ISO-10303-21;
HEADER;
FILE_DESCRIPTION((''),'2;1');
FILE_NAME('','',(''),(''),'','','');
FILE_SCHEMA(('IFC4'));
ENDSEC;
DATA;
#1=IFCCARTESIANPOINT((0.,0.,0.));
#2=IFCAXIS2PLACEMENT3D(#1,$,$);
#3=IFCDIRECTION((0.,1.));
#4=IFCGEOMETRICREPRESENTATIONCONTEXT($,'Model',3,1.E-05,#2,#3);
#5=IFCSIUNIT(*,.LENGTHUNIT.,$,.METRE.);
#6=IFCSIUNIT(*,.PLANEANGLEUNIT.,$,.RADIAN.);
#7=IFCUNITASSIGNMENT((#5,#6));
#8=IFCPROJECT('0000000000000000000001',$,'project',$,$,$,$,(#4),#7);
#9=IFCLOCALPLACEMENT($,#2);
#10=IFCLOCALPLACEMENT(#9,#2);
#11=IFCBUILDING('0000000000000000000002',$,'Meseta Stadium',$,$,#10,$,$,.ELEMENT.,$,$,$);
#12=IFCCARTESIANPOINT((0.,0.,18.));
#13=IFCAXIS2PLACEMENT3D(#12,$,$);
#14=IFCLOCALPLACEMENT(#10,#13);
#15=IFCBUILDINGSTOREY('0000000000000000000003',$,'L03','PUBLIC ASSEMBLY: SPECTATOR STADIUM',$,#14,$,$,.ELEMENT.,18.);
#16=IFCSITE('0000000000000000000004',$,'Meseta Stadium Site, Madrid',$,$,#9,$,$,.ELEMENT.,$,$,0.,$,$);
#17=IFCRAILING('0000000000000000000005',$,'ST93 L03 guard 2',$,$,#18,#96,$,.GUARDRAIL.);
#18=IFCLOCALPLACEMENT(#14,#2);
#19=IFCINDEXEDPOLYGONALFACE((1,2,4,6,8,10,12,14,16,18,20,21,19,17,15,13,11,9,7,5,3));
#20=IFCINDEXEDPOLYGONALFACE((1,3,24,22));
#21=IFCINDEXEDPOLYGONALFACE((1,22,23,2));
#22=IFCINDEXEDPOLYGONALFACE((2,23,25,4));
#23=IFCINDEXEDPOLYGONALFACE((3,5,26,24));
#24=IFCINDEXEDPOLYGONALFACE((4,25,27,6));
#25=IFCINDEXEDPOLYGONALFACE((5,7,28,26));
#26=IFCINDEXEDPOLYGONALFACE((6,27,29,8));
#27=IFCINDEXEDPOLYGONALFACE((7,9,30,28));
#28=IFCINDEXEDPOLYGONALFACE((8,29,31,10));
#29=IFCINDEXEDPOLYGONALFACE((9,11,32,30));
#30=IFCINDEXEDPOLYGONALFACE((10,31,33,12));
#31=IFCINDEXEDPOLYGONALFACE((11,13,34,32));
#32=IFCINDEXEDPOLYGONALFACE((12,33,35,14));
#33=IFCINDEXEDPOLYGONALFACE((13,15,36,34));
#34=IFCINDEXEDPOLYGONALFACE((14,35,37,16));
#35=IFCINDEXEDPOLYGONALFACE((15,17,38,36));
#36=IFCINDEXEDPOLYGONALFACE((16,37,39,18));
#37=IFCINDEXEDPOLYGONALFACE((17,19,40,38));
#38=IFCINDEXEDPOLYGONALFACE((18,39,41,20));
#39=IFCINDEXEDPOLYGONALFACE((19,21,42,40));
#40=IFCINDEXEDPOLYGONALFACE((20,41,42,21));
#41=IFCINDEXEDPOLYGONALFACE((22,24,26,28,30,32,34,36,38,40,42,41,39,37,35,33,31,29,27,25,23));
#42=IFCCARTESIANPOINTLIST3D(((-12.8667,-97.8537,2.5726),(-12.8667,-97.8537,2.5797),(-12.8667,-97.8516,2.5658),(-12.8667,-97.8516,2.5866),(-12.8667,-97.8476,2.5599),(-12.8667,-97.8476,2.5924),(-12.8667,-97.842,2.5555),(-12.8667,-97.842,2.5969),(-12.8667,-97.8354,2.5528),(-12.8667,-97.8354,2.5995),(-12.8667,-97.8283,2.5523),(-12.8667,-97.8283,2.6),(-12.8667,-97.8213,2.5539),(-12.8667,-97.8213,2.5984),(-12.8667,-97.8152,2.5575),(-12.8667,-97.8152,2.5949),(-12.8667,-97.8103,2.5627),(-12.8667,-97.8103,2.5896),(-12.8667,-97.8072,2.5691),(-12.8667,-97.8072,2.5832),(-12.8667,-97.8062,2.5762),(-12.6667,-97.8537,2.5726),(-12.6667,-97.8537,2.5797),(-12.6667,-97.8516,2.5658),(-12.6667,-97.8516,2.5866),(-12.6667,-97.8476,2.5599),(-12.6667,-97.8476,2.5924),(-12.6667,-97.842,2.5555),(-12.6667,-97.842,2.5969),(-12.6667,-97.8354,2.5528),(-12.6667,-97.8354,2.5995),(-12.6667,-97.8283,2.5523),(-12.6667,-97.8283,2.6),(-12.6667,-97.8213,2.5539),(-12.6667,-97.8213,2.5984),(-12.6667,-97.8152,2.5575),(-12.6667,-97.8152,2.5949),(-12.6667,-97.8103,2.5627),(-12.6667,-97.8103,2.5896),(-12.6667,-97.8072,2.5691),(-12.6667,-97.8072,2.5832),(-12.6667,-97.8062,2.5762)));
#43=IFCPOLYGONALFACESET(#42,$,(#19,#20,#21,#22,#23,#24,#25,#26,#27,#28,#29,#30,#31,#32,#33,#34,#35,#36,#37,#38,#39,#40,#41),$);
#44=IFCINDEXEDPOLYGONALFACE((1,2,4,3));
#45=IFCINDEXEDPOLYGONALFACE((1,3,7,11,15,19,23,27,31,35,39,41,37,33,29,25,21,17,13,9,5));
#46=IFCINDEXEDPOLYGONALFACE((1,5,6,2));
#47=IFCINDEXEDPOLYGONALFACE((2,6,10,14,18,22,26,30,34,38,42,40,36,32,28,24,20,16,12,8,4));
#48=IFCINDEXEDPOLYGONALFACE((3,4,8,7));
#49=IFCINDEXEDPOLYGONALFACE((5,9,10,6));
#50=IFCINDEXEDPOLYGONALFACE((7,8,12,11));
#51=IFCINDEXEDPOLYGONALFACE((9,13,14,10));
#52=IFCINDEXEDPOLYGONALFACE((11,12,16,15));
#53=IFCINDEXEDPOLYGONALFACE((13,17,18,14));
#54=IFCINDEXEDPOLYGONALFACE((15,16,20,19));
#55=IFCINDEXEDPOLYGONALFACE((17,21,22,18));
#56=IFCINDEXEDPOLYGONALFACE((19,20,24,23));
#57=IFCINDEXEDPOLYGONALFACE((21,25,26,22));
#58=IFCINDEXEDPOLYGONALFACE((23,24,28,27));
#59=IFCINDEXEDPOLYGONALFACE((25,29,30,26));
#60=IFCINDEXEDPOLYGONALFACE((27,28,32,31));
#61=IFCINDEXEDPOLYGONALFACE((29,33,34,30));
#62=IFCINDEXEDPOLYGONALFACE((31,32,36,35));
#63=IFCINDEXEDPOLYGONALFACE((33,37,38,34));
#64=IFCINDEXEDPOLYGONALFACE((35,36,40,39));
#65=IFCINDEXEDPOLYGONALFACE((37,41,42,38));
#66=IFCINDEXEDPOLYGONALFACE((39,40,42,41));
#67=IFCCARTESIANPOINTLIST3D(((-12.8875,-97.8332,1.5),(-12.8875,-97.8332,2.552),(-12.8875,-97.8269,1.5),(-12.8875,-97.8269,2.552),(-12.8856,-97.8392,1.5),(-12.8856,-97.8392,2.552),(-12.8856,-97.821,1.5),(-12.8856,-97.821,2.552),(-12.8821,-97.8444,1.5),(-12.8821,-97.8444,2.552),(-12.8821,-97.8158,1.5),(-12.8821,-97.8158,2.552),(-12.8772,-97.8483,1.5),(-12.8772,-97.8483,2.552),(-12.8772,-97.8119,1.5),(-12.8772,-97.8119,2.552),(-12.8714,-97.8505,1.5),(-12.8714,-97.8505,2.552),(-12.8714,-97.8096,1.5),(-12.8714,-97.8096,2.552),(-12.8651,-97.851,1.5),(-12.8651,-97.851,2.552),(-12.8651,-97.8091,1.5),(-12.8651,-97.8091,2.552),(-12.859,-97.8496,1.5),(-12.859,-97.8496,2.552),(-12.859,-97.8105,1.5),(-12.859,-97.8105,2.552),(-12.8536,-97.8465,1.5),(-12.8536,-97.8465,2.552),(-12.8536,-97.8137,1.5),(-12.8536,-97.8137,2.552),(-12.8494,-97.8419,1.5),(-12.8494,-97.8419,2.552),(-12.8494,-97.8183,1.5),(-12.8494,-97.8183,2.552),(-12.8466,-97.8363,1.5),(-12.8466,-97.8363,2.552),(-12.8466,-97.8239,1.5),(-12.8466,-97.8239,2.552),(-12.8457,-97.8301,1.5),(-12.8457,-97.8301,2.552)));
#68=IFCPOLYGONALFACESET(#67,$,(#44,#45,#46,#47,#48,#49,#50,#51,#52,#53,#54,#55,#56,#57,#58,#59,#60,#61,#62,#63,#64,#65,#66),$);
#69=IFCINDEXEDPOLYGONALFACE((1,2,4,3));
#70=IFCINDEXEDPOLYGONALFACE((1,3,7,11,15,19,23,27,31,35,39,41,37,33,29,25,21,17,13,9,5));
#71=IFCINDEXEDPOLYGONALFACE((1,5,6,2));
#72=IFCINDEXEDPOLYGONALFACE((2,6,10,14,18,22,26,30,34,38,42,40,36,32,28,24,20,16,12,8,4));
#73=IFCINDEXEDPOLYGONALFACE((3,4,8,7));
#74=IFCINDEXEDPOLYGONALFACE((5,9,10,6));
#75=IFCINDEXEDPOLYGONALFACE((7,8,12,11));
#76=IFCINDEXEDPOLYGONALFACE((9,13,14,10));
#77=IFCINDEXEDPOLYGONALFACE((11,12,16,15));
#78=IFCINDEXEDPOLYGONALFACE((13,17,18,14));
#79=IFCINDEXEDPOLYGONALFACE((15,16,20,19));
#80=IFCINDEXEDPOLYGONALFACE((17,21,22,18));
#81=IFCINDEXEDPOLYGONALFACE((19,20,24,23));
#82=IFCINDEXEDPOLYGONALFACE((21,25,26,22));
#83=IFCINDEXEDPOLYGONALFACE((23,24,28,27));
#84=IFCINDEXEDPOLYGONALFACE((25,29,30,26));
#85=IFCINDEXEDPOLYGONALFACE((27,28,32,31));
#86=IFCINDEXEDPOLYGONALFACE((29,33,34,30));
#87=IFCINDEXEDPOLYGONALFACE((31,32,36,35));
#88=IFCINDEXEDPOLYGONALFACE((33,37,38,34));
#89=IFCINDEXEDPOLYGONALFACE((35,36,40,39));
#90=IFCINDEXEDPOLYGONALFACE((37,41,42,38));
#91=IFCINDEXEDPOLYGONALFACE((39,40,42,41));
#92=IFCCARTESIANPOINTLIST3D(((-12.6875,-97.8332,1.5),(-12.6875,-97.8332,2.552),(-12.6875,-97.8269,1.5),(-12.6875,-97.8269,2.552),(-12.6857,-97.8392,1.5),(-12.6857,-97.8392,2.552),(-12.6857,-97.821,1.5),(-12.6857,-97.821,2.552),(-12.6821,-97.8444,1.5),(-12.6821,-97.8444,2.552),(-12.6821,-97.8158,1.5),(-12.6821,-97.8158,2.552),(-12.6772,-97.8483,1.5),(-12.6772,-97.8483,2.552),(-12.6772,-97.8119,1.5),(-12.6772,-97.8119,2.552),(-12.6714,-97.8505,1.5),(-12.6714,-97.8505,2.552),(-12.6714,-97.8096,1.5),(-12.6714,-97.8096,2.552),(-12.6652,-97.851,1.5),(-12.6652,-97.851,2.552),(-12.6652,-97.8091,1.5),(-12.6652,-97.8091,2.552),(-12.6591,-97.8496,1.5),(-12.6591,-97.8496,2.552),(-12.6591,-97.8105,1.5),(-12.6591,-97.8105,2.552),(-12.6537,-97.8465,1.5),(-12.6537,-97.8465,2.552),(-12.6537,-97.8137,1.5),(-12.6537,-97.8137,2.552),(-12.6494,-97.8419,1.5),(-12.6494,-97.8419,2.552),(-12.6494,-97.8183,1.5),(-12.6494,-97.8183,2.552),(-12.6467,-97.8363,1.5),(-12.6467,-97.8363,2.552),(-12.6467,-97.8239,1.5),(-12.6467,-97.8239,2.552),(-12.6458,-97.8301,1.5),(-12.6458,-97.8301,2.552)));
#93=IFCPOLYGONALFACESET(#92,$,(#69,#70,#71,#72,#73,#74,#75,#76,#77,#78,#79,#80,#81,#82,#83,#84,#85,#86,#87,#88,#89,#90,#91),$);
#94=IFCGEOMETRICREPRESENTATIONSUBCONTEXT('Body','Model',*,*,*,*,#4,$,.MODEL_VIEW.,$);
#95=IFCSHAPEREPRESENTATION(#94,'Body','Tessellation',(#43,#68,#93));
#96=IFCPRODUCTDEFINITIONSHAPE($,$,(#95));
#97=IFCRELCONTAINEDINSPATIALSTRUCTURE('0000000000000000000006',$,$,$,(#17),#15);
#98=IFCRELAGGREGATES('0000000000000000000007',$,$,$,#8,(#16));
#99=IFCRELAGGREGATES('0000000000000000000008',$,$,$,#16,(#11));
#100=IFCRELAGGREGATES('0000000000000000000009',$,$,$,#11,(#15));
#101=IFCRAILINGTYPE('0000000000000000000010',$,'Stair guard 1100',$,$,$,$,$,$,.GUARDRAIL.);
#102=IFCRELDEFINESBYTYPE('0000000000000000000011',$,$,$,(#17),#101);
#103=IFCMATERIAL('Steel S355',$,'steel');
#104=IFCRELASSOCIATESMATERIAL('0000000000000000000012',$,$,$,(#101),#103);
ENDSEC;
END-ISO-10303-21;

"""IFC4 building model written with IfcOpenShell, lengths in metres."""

from ifc_helpers import new_model, si_unit, direction, frame, origin, origin_2d, place, context, subcontext, project, spatial, circle, extrude, material, type_object, element, save


model = new_model("IFC4")

# Units and contexts
model_context = context("Model", 3, precision=1e-05, world=origin(), true_north=direction((0.0, 1.0)))
body_context = subcontext(model_context, "Body", "Model", "MODEL_VIEW")
ifc_project = project(units=[si_unit("LENGTHUNIT", "METRE"), si_unit("PLANEANGLEUNIT", "RADIAN")], contexts=[model_context])

# Site, building, storey
site_placement = place(None, origin())
site = spatial("IfcSite", under=ifc_project, at=site_placement, Name="Meseta Stadium Site, Madrid", CompositionType="ELEMENT", RefElevation=0.0)
building_placement = place(site_placement, origin())
building = spatial("IfcBuilding", under=site, at=building_placement, Name="Meseta Stadium", CompositionType="ELEMENT")
storey_placement = place(building_placement, frame((0.0, 0.0, 18.0)))
storey = spatial("IfcBuildingStorey", under=building, at=storey_placement, Name="L03", Description="PUBLIC ASSEMBLY: SPECTATOR STADIUM", CompositionType="ELEMENT", Elevation=18.0)

# Railing
ifc_material_1 = material(Name="Steel S355", Category="steel")
railing_type_1 = type_object("IfcRailingType", Name="Stair guard 1100", PredefinedType="GUARDRAIL", material=ifc_material_1)
railing_1_placement = place(storey_placement, frame((-12.8667, -97.8301, 1.5)))
element("IfcRailing", 1, at=railing_1_placement, inside=storey, type_object=railing_type_1, Name="ST93 L03 guard 2", PredefinedType="GUARDRAIL", context=body_context, shape_type="SweptSolid", body=[
    extrude(circle(Radius=0.0239, at=origin_2d()), frame((0.0, 0.0, 1.0762), z_axis=(1.0, 0.0, 0.0), x_axis=(0.0, 1.0, 0.0)), (0.0, 0.0, 1.0), 0.2),
    extrude(circle(Radius=0.021, at=origin_2d()), origin(), (0.0, 0.0, 1.0), 1.052),
    extrude(circle(Radius=0.021, at=origin_2d()), frame((0.2, 0.0, 0.0)), (0.0, 0.0, 1.0), 1.052),
])

save(model, "model.ifc")
